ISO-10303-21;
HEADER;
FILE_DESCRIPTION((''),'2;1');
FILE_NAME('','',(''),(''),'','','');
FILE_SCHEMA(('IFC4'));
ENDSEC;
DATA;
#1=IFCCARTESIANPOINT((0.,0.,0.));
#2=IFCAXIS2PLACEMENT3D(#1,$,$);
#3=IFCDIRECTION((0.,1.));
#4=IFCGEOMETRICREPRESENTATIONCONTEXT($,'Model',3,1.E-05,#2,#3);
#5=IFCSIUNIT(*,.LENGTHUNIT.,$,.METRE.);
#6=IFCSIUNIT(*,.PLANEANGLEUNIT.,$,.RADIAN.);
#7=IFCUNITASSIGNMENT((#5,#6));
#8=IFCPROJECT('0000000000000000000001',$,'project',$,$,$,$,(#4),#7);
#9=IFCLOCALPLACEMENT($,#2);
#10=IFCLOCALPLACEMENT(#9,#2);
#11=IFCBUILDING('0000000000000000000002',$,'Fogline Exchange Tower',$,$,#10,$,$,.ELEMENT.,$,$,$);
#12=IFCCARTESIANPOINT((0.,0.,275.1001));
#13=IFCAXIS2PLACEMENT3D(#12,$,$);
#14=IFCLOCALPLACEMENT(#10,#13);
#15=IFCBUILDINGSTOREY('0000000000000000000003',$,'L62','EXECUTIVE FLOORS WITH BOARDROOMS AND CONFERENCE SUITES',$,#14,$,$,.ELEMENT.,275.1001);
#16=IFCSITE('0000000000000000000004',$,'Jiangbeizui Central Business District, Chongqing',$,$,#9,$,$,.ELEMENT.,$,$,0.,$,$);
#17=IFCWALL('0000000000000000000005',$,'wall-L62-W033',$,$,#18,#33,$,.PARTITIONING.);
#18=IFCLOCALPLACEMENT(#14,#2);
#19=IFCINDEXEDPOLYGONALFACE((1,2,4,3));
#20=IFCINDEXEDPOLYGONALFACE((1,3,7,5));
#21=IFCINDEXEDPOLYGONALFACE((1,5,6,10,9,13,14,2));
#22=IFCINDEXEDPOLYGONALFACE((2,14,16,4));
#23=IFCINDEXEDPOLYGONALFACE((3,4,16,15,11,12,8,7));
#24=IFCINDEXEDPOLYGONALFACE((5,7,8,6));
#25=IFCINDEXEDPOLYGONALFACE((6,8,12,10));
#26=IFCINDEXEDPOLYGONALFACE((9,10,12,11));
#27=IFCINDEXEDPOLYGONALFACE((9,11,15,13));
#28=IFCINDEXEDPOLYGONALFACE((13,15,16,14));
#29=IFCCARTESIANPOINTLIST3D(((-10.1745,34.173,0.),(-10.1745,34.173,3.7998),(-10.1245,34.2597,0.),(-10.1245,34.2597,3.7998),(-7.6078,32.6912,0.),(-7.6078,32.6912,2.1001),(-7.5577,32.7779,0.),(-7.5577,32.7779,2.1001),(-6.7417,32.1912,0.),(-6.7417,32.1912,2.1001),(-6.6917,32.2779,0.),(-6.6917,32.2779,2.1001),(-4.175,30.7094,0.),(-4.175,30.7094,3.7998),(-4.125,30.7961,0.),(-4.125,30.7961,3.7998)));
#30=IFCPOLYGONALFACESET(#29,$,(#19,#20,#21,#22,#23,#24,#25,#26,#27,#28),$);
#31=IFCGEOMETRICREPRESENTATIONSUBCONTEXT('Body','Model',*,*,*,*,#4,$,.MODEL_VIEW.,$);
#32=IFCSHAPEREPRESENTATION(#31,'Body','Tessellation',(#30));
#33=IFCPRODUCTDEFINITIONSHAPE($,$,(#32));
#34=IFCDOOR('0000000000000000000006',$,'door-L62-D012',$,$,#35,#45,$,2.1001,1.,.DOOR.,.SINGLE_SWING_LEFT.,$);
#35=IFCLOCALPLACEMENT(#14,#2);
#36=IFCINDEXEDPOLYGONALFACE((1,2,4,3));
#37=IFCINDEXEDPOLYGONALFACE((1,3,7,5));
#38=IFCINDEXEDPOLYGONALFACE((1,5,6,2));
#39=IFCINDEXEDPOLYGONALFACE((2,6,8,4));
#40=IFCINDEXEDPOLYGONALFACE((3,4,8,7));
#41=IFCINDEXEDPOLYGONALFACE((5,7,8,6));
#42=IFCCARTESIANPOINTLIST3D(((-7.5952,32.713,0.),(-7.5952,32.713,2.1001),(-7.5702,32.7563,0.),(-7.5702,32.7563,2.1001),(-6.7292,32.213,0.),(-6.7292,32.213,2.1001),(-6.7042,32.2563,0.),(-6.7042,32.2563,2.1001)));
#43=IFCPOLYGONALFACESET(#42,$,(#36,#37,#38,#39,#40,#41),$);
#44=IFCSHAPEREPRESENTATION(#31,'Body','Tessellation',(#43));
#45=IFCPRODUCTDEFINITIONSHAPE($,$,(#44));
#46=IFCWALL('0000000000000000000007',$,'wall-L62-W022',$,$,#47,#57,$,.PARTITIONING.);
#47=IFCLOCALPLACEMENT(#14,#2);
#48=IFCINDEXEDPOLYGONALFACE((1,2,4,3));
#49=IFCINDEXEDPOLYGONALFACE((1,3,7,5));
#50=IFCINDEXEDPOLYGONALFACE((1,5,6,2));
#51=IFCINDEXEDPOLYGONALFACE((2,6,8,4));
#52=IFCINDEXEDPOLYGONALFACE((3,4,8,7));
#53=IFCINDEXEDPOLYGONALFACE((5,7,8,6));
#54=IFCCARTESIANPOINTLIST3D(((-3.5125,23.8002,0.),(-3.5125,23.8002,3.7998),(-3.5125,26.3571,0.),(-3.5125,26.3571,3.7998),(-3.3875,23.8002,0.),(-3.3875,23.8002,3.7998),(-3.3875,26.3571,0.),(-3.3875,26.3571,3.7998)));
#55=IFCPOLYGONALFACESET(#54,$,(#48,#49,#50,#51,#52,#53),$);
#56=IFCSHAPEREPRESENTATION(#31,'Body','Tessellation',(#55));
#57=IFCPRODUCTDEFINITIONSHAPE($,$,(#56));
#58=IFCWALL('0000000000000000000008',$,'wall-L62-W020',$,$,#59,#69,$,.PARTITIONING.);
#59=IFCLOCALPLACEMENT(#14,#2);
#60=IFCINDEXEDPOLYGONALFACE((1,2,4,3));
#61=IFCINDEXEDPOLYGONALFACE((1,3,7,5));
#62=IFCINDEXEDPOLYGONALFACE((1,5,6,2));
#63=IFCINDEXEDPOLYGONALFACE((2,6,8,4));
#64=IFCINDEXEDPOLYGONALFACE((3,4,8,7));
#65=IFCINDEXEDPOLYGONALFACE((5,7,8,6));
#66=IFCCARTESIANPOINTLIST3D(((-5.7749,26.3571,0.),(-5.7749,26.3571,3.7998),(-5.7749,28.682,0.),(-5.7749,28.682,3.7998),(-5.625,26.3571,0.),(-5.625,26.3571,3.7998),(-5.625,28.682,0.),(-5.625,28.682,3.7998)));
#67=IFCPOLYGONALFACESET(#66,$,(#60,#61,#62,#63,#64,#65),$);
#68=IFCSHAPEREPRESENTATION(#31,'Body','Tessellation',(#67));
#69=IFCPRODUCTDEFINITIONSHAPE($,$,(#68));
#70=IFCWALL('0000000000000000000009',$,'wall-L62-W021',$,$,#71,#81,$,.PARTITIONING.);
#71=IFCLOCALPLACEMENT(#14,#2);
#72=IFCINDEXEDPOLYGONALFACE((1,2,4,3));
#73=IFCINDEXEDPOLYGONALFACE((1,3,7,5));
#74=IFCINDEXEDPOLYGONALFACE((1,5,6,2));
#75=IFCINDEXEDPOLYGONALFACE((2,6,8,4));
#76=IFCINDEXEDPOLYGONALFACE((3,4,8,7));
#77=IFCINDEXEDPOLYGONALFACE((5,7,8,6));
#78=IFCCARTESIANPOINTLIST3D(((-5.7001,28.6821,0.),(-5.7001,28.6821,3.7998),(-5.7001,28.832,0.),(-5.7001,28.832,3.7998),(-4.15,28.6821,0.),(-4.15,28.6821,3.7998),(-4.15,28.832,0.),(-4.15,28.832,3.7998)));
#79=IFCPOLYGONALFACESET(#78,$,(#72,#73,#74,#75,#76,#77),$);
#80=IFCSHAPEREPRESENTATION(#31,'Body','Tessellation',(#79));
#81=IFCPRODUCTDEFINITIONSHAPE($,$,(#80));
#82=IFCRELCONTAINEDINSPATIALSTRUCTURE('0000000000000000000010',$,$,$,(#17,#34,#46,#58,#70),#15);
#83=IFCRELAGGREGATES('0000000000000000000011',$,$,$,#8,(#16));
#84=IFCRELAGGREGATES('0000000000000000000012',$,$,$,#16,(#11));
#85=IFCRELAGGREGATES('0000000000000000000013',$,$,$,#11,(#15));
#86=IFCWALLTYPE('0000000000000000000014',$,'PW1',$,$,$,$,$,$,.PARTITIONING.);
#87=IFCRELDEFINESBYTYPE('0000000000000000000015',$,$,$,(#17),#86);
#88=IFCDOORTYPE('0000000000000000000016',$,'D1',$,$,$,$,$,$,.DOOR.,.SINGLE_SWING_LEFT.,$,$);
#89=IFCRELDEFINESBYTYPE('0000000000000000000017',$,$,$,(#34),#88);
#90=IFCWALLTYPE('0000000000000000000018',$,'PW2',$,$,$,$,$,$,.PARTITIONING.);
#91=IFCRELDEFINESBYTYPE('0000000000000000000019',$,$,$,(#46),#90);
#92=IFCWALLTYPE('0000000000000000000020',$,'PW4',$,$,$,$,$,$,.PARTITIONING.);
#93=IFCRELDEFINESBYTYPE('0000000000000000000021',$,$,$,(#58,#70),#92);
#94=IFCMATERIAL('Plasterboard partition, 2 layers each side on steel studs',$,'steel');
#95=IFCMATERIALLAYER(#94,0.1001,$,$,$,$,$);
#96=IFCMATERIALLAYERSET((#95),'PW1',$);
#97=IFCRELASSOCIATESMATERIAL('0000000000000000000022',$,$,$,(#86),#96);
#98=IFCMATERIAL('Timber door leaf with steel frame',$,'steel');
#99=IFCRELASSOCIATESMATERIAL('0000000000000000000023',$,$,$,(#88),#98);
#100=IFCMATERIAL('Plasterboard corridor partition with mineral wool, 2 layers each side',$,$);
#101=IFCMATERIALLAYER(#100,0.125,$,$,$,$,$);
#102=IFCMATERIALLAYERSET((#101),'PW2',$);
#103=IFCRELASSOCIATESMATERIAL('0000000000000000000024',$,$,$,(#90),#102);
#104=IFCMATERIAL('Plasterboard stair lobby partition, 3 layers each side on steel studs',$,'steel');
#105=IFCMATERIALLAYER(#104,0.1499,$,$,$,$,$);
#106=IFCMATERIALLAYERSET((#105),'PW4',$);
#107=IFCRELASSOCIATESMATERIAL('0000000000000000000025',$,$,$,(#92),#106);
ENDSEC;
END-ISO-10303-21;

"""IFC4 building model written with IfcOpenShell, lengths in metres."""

from ifc_helpers import new_model, si_unit, direction, frame, frame_2d, origin, place, context, subcontext, project, spatial, rectangle, extrude, material, layer, layer_set, type_object, element, fill, save


model = new_model("IFC4")

# Units and contexts
model_context = context("Model", 3, precision=1e-05, world=origin(), true_north=direction((0.0, 1.0)))
body_context = subcontext(model_context, "Body", "Model", "MODEL_VIEW")
ifc_project = project(units=[si_unit("LENGTHUNIT", "METRE"), si_unit("PLANEANGLEUNIT", "RADIAN")], contexts=[model_context])

# Site, building, storey
site_placement = place(None, origin())
site = spatial("IfcSite", under=ifc_project, at=site_placement, Name="Jiangbeizui Central Business District, Chongqing", CompositionType="ELEMENT", RefElevation=0.0)
building_placement = place(site_placement, origin())
building = spatial("IfcBuilding", under=site, at=building_placement, Name="Fogline Exchange Tower", CompositionType="ELEMENT")
storey_placement = place(building_placement, frame((0.0, 0.0, 275.1001)))
storey = spatial("IfcBuildingStorey", under=building, at=storey_placement, Name="L62", Description="EXECUTIVE FLOORS WITH BOARDROOMS AND CONFERENCE SUITES", CompositionType="ELEMENT", Elevation=275.1001)

# Wall, opening, door
ifc_material_1 = material(Name="Plasterboard partition, 2 layers each side on steel studs", Category="steel")
ifc_layer_1 = layer(ifc_material_1, 0.1001)
ifc_layer_set_1 = layer_set([ifc_layer_1], Name="PW1")
wall_type_1 = type_object("IfcWallType", Name="PW1", PredefinedType="PARTITIONING", material=ifc_layer_set_1)
wall_1_placement = place(storey_placement, frame((-4.1499, 30.7527, 0.0), z_axis=(0.0, 0.0, 1.0), x_axis=(-0.866038, 0.499979, 0.0)))
wall_1 = element("IfcWall", 1, at=wall_1_placement, inside=storey, type_object=wall_type_1, Name="wall-L62-W033", PredefinedType="PARTITIONING", context=body_context, shape_type="SweptSolid", body=[
    extrude(rectangle(XDim=6.9275, YDim=0.1001, at=frame_2d((3.4639, 0.0))), origin(), (0.0, 0.0, 1.0), 3.7998),
])
opening_1_placement = place(wall_1_placement, frame((2.9639, 0.0, 0.0)))
opening_1 = element("IfcOpeningElement", 2, at=opening_1_placement, cuts=wall_1, PredefinedType="OPENING", context=body_context, shape_type="SweptSolid", body=[
    extrude(rectangle(XDim=1.0, YDim=2.1001, at=frame_2d((0.5, 1.05))), frame((0.0, 0.0601, 0.0), z_axis=(0.0, -1.0, 0.0), x_axis=(1.0, 0.0, 0.0)), (0.0, 0.0, 1.0), 0.1201),
])
ifc_material_2 = material(Name="Timber door leaf with steel frame", Category="steel")
door_type_1 = type_object("IfcDoorType", Name="D1", OperationType="SINGLE_SWING_LEFT", PredefinedType="DOOR", material=ifc_material_2)
door_1_placement = place(opening_1_placement, origin())
door_1 = element("IfcDoor", 3, at=door_1_placement, inside=storey, type_object=door_type_1, Name="door-L62-D012", OperationType="SINGLE_SWING_LEFT", OverallHeight=2.1001, OverallWidth=1.0, PredefinedType="DOOR", context=body_context, shape_type="SweptSolid", body=[
    extrude(rectangle(XDim=1.0, YDim=2.1001, at=frame_2d((0.5, 1.05))), frame((0.0, 0.0249, 0.0), z_axis=(0.0, -1.0, 0.0), x_axis=(1.0, 0.0, 0.0)), (0.0, 0.0, 1.0), 0.05),
])
fill(opening_1, door_1)

# Walls
ifc_material_3 = material(Name="Plasterboard corridor partition with mineral wool, 2 layers each side")
ifc_layer_2 = layer(ifc_material_3, 0.125)
ifc_layer_set_2 = layer_set([ifc_layer_2], Name="PW2")
wall_type_2 = type_object("IfcWallType", Name="PW2", PredefinedType="PARTITIONING", material=ifc_layer_set_2)
wall_2_placement = place(storey_placement, frame((-3.45, 26.3569, 0.0), z_axis=(0.0, 0.0, 1.0), x_axis=(0.0, -1.0, 0.0)))
element("IfcWall", 4, at=wall_2_placement, inside=storey, type_object=wall_type_2, Name="wall-L62-W022", PredefinedType="PARTITIONING", context=body_context, shape_type="SweptSolid", body=[
    extrude(rectangle(XDim=2.5569, YDim=0.125, at=frame_2d((1.2783, 0.0))), origin(), (0.0, 0.0, 1.0), 3.7998),
])
ifc_material_4 = material(Name="Plasterboard stair lobby partition, 3 layers each side on steel studs", Category="steel")
ifc_layer_3 = layer(ifc_material_4, 0.1499)
ifc_layer_set_3 = layer_set([ifc_layer_3], Name="PW4")
wall_type_3 = type_object("IfcWallType", Name="PW4", PredefinedType="PARTITIONING", material=ifc_layer_set_3)
wall_3_placement = place(storey_placement, frame((-5.7, 26.3569, 0.0), z_axis=(0.0, 0.0, 1.0), x_axis=(0.0, 1.0, 0.0)))
element("IfcWall", 5, at=wall_3_placement, inside=storey, type_object=wall_type_3, Name="wall-L62-W020", PredefinedType="PARTITIONING", context=body_context, shape_type="SweptSolid", body=[
    extrude(rectangle(XDim=2.325, YDim=0.1499, at=frame_2d((1.1626, 0.0))), origin(), (0.0, 0.0, 1.0), 3.7998),
])
wall_4_placement = place(storey_placement, frame((-5.7, 28.7571, 0.0), z_axis=(0.0, 0.0, 1.0), x_axis=(1.0, 0.0, 0.0)))
element("IfcWall", 6, at=wall_4_placement, inside=storey, type_object=wall_type_3, Name="wall-L62-W021", PredefinedType="PARTITIONING", context=body_context, shape_type="SweptSolid", body=[
    extrude(rectangle(XDim=1.55, YDim=0.1499, at=frame_2d((0.7749, 0.0))), origin(), (0.0, 0.0, 1.0), 3.7998),
])

save(model, "model.ifc")
